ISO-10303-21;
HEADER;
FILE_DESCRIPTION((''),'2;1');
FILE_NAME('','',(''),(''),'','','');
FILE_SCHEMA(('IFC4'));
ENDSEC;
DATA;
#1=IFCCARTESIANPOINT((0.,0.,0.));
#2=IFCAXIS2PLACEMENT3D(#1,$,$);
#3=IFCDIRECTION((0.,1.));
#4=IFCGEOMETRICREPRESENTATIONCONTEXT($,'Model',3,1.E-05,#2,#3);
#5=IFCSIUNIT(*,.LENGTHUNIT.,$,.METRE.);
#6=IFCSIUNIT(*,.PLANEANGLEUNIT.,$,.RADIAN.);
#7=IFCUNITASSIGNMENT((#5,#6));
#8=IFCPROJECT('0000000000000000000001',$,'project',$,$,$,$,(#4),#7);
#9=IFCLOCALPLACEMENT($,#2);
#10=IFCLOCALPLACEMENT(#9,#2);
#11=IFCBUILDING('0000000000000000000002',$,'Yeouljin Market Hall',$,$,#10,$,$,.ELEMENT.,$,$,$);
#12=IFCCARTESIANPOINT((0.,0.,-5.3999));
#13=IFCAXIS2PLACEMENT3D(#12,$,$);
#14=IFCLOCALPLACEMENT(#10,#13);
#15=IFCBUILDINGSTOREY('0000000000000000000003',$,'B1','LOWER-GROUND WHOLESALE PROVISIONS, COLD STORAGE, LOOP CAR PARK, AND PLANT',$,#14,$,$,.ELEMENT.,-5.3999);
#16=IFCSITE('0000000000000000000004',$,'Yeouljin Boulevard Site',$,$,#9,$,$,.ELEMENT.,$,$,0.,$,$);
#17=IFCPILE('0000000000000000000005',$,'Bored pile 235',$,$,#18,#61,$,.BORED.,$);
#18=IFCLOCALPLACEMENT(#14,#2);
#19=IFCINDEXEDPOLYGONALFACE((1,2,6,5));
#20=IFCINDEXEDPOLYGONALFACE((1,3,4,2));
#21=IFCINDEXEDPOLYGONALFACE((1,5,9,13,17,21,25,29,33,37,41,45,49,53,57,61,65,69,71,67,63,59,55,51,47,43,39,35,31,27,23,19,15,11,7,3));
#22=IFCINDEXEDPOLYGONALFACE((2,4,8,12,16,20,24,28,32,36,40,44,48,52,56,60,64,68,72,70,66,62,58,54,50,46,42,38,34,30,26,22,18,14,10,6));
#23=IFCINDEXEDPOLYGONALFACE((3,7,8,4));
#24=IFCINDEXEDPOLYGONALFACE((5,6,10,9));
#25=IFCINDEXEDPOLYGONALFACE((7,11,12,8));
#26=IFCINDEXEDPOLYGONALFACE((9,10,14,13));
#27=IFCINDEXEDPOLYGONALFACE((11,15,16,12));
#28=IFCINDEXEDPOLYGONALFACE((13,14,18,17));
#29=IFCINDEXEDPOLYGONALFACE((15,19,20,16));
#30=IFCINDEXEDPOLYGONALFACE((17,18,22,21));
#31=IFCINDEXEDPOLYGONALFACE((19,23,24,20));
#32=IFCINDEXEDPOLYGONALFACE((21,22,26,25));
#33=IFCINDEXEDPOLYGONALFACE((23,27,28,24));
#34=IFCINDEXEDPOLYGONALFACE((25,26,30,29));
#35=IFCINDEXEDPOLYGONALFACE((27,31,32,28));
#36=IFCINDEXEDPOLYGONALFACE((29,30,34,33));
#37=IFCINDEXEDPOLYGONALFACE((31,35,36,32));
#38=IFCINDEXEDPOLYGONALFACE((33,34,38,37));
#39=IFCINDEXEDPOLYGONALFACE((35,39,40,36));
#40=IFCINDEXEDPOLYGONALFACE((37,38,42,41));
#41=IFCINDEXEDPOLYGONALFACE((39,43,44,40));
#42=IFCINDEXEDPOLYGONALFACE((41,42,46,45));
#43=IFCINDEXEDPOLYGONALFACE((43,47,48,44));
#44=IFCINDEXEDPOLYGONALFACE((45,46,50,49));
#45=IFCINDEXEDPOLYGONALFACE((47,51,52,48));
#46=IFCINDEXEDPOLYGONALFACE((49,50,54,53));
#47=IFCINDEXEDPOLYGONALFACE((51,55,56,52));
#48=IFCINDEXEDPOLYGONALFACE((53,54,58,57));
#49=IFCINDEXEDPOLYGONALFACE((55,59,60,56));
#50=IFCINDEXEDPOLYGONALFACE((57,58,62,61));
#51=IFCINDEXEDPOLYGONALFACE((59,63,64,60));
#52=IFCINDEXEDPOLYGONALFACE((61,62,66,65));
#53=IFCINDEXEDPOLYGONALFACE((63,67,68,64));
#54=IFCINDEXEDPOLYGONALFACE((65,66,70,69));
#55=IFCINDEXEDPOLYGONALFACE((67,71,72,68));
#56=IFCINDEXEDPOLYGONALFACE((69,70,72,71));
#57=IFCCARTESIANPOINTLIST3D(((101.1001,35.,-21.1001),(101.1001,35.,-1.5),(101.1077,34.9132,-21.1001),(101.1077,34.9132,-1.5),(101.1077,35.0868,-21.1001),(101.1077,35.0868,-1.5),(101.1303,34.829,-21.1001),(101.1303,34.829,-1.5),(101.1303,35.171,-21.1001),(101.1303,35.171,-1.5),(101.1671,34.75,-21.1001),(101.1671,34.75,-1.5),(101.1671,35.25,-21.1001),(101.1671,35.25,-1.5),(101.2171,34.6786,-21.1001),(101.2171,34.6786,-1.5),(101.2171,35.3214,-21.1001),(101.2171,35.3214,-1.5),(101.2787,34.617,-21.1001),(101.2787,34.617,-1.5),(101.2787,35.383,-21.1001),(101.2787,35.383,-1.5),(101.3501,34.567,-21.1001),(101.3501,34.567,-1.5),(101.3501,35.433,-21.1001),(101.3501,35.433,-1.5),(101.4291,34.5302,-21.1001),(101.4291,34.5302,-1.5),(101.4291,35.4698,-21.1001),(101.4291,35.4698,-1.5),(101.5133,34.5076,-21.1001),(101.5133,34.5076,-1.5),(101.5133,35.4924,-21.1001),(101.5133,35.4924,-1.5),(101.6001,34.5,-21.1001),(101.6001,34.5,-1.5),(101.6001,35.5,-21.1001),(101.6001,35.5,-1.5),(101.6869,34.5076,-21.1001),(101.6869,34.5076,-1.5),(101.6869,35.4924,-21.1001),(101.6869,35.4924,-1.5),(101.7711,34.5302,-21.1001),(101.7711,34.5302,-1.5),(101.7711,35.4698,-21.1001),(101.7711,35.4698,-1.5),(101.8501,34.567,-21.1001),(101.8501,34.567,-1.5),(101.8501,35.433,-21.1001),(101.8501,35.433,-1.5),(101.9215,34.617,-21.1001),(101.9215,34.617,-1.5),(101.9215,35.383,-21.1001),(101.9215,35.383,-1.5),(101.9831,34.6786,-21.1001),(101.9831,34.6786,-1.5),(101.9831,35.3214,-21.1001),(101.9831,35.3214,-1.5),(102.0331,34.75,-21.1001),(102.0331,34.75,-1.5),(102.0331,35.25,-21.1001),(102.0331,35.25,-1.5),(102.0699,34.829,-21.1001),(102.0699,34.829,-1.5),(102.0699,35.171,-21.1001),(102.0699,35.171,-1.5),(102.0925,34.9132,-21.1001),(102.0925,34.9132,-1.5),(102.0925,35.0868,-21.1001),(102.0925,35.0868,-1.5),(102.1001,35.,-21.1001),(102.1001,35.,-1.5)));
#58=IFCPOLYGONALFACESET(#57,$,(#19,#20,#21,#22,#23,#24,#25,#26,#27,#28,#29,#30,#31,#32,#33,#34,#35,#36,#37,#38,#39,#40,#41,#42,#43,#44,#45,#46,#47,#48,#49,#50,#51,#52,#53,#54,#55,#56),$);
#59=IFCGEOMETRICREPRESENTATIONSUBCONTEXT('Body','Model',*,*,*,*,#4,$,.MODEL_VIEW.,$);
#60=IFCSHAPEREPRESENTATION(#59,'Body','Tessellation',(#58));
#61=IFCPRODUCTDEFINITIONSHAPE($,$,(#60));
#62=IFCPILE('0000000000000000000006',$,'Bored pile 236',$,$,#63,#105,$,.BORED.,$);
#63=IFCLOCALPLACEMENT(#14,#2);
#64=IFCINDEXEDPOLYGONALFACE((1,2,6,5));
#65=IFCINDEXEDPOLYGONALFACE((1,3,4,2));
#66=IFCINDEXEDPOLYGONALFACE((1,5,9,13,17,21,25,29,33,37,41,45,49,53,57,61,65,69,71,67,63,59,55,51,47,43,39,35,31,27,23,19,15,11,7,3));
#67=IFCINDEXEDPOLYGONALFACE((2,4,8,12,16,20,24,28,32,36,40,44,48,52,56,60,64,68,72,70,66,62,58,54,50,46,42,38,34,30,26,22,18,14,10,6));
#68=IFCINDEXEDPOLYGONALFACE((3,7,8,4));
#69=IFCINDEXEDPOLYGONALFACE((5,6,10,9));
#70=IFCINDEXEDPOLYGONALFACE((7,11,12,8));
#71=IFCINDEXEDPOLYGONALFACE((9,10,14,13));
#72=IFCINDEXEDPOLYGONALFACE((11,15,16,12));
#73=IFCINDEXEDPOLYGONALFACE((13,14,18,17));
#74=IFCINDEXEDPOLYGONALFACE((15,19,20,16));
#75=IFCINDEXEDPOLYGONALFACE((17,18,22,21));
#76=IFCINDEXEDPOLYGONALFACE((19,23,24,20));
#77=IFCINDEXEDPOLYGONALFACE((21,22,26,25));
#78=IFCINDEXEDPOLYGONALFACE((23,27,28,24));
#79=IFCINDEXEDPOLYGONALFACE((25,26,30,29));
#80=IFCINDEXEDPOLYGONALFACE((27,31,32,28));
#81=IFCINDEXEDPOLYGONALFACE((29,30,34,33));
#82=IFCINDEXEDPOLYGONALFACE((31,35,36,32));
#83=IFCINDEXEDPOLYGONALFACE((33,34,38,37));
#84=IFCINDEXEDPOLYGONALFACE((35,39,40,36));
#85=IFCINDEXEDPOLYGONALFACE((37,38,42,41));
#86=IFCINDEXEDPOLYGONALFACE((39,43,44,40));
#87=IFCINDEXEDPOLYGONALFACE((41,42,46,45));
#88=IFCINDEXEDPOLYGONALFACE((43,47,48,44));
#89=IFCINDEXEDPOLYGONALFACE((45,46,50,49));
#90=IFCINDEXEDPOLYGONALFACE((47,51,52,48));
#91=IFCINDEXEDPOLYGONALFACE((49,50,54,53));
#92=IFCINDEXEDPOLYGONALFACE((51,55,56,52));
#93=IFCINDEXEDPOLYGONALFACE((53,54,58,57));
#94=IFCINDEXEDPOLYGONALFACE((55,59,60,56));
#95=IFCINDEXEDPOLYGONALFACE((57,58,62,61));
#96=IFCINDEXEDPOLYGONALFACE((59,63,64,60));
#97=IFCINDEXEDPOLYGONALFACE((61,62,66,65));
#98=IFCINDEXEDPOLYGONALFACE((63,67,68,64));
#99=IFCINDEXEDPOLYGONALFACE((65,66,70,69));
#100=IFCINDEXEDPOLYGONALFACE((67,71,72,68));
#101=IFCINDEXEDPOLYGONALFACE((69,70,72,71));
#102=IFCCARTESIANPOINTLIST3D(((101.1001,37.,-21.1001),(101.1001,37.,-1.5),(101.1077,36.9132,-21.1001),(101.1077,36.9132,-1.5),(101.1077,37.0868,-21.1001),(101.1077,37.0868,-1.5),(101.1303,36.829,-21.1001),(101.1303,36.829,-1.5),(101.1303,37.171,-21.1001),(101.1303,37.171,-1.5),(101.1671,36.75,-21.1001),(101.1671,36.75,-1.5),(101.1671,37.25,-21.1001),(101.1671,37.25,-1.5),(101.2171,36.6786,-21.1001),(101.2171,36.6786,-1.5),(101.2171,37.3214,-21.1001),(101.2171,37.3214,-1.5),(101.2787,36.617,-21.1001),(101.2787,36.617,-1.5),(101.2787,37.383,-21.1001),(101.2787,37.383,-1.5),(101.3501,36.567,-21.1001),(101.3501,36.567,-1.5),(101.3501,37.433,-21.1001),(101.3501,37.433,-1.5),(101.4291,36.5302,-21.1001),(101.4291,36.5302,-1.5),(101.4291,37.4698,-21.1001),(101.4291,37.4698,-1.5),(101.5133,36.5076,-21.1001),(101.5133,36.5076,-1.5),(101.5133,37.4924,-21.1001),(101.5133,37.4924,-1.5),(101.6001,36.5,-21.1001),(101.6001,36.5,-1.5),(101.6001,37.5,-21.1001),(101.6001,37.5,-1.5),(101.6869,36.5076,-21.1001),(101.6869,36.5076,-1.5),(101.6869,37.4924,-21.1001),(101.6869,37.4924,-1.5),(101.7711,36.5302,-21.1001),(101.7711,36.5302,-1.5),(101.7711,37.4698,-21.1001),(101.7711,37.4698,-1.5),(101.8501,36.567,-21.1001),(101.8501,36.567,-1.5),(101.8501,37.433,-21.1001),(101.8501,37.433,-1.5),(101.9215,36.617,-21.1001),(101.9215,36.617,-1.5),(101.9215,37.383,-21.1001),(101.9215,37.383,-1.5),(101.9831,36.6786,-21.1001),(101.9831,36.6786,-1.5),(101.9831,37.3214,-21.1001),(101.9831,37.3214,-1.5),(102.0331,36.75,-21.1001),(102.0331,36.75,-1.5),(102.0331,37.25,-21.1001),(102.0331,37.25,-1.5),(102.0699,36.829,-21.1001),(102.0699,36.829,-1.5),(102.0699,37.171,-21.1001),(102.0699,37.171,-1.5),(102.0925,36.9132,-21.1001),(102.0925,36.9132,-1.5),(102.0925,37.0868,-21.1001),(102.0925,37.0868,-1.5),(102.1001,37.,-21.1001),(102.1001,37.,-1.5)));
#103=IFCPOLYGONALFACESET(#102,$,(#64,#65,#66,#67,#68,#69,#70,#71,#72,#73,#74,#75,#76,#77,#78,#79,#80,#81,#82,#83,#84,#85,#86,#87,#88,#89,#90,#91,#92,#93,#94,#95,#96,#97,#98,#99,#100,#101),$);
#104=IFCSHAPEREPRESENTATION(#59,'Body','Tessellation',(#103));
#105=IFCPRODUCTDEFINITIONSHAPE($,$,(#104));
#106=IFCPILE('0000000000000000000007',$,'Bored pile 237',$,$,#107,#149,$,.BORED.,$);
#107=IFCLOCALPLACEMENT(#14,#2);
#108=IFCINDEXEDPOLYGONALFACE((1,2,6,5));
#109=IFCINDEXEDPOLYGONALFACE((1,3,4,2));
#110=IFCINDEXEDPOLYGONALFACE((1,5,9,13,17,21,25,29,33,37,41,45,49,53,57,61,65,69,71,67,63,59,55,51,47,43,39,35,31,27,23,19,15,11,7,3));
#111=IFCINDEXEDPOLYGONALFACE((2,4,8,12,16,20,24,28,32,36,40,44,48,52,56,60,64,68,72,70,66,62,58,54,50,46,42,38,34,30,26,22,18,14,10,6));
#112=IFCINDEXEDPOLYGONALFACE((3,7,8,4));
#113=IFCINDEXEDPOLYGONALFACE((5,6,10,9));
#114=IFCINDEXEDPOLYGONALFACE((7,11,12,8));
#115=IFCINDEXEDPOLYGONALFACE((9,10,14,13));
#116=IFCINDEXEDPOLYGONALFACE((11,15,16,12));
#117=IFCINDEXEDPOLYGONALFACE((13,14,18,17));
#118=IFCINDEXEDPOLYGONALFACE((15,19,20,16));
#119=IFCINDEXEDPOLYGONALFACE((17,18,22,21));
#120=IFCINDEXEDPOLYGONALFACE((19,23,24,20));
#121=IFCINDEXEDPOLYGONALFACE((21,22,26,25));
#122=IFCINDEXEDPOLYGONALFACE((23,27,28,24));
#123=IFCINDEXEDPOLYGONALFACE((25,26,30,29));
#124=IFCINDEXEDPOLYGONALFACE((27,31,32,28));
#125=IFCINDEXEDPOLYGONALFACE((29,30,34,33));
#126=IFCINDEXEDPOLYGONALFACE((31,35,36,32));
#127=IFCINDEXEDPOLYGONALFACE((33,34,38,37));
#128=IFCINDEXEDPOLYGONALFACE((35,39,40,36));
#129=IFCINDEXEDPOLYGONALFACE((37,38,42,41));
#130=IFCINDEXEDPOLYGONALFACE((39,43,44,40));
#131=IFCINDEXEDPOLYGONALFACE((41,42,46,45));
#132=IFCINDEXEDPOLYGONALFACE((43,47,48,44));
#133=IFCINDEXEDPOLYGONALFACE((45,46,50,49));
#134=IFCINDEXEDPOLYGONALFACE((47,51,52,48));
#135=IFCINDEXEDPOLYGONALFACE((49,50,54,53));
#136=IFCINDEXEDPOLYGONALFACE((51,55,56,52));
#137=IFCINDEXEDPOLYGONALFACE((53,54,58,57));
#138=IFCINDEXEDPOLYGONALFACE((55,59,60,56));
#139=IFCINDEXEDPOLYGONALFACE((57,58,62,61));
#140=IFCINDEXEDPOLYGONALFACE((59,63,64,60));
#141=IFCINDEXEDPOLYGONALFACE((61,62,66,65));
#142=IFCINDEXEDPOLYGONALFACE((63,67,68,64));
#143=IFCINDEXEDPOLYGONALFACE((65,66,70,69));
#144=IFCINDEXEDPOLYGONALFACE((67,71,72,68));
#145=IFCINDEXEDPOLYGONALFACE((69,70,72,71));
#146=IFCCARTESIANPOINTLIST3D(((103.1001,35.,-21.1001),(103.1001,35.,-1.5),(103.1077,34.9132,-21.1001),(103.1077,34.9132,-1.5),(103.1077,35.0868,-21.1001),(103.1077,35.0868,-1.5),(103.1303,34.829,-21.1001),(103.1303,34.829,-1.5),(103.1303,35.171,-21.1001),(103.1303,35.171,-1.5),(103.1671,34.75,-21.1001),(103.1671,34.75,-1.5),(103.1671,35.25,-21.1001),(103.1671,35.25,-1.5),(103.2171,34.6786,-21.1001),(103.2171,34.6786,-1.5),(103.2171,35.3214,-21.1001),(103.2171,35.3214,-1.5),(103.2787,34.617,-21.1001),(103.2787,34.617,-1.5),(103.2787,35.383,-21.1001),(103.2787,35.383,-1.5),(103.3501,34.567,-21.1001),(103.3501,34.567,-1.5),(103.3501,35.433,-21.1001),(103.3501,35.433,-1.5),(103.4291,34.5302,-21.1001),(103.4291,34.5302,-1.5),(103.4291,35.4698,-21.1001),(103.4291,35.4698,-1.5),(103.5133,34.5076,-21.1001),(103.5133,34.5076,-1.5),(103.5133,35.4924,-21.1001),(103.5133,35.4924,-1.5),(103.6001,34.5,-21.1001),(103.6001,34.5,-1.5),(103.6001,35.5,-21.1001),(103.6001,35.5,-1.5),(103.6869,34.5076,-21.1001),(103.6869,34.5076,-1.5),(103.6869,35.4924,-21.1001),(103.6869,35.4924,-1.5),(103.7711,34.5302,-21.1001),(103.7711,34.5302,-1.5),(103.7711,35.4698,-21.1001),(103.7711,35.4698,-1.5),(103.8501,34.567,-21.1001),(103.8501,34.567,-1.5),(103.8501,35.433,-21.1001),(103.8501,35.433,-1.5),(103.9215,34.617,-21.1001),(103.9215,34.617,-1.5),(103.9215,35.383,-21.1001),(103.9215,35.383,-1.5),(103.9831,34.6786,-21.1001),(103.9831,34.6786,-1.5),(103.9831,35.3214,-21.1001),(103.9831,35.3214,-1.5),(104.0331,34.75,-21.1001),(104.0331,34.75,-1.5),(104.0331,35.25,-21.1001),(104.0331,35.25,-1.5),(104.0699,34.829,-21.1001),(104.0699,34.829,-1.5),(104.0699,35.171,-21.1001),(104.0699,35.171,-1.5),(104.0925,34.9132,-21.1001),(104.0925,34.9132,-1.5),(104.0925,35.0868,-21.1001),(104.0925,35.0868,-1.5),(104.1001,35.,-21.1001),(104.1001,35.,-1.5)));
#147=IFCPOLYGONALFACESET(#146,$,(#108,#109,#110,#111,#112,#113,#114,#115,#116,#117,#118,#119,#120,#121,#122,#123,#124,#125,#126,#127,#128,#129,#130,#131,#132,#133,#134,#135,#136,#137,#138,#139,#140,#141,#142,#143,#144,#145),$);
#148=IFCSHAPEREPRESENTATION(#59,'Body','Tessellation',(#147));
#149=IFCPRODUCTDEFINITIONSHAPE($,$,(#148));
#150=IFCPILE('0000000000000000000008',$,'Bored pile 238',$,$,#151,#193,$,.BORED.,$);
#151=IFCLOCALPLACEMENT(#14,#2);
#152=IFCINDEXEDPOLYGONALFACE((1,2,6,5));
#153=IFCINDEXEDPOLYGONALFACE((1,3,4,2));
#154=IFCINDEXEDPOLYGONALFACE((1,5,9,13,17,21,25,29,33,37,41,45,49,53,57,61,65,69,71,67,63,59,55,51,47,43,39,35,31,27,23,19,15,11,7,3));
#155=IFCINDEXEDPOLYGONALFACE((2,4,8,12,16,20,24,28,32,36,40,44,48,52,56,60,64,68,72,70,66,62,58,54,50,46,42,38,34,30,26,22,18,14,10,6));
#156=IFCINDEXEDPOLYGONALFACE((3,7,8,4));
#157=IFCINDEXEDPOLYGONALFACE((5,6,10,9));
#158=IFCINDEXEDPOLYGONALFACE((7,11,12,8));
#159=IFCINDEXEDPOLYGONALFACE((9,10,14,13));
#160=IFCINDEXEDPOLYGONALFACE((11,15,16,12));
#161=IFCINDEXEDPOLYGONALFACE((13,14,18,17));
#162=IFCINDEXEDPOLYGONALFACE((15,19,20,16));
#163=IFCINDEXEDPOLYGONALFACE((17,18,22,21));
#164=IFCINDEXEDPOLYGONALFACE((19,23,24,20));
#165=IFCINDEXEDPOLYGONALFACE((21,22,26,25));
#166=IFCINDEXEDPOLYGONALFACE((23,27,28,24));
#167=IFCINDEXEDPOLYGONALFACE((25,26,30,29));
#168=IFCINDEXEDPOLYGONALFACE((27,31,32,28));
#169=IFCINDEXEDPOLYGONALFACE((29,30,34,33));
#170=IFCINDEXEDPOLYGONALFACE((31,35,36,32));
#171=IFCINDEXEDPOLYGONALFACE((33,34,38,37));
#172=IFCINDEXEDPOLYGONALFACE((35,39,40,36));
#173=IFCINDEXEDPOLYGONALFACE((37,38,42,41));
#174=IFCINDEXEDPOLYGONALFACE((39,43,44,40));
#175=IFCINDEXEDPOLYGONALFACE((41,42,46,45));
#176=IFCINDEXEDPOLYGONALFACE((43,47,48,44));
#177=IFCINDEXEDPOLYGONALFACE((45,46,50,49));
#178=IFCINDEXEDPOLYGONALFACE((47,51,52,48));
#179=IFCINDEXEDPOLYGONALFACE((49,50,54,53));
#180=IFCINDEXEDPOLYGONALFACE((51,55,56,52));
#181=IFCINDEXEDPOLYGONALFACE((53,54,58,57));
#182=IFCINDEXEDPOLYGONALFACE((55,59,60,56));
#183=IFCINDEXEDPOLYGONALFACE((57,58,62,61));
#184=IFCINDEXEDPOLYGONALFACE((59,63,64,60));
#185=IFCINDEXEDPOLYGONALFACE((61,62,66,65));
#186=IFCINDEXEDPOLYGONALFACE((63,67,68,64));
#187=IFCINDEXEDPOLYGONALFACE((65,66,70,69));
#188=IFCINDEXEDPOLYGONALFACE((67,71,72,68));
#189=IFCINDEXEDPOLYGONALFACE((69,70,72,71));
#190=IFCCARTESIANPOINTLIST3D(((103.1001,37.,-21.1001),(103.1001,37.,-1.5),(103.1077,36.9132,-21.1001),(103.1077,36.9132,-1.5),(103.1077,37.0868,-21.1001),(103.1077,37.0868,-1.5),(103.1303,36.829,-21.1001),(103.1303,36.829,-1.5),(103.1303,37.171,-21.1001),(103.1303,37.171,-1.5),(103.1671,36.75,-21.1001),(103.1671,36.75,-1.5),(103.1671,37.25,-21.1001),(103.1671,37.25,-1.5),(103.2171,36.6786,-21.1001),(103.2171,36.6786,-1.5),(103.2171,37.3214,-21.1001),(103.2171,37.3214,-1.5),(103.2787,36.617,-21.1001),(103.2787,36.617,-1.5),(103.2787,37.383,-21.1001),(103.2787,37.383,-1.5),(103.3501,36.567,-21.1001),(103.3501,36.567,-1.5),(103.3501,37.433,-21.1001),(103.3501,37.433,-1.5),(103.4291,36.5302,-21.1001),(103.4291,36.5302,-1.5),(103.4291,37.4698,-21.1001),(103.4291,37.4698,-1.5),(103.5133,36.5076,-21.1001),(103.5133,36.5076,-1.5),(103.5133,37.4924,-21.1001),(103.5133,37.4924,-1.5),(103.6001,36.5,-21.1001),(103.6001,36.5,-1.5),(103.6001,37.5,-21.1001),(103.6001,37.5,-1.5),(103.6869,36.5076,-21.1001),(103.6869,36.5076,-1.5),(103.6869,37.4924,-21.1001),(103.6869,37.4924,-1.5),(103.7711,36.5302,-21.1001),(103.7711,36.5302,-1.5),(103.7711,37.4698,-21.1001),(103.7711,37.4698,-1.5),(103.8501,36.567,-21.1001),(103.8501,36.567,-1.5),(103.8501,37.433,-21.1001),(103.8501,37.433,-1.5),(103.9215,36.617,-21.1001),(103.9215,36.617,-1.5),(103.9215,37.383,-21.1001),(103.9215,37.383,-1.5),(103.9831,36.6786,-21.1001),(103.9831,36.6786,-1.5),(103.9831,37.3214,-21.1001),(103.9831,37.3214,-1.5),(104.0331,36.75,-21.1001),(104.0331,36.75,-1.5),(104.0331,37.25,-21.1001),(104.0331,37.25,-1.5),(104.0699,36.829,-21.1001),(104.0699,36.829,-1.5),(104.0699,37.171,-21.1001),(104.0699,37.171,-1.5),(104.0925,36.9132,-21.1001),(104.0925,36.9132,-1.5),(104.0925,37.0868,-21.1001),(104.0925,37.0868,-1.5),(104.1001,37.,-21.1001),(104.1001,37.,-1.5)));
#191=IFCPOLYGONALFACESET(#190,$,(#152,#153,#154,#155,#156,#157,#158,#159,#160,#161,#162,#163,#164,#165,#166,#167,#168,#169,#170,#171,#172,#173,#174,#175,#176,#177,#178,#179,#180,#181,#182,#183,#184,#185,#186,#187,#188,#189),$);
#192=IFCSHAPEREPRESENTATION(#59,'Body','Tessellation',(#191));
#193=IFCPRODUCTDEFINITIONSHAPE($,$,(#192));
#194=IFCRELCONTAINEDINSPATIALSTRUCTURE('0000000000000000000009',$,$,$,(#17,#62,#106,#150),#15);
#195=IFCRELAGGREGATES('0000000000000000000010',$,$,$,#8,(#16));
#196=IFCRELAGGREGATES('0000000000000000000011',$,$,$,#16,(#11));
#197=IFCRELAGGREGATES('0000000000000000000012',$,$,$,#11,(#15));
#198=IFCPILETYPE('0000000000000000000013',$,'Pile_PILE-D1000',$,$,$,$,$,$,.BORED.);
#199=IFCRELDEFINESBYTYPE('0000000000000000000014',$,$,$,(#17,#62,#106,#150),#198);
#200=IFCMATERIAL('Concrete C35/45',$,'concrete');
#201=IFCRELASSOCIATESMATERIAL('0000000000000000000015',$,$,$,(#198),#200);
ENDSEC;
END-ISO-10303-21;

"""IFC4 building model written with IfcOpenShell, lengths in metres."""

from ifc_helpers import new_model, si_unit, direction, frame, origin, origin_2d, place, context, subcontext, project, spatial, circle, extrude, material, material_profile, profile_set, type_object, element, save


model = new_model("IFC4")

# Units and contexts
model_context = context("Model", 3, precision=1e-05, world=origin(), true_north=direction((0.0, 1.0)))
body_context = subcontext(model_context, "Body", "Model", "MODEL_VIEW")
ifc_project = project(units=[si_unit("LENGTHUNIT", "METRE"), si_unit("PLANEANGLEUNIT", "RADIAN")], contexts=[model_context])

# Site, building, storey
site_placement = place(None, origin())
site = spatial("IfcSite", under=ifc_project, at=site_placement, Name="Yeouljin Boulevard Site", CompositionType="ELEMENT", RefElevation=0.0)
building_placement = place(site_placement, origin())
building = spatial("IfcBuilding", under=site, at=building_placement, Name="Yeouljin Market Hall", CompositionType="ELEMENT")
storey_placement = place(building_placement, frame((0.0, 0.0, -5.3999)))
storey = spatial("IfcBuildingStorey", under=building, at=storey_placement, Name="B1", Description="LOWER-GROUND WHOLESALE PROVISIONS, COLD STORAGE, LOOP CAR PARK, AND PLANT", CompositionType="ELEMENT", Elevation=-5.3999)

# Piles
ifc_material_1 = material(Name="Concrete C35/45", Category="concrete")
ifc_material_profile_1 = material_profile(ifc_material_1, circle(Radius=0.5, at=origin_2d()), Name="PILE-D1000")
ifc_profile_set_1 = profile_set([ifc_material_profile_1], Name="Concrete C35/45")
pile_type = type_object("IfcPileType", Name="Pile_PILE-D1000", PredefinedType="BORED", material=ifc_profile_set_1)
for number, where, z_axis, x_axis, name in (
    (1, (101.6001, 35.0, -1.5), (0.0, 0.0, -1.0), (1.0, 0.0, 0.0), "Bored pile 235"),
    (2, (101.6001, 37.0, -1.5), (0.0, 0.0, -1.0), (1.0, 0.0, 0.0), "Bored pile 236"),
    (3, (103.6001, 35.0, -1.5), (0.0, 0.0, -1.0), (1.0, 0.0, 0.0), "Bored pile 237"),
    (4, (103.6001, 37.0, -1.5), (0.0, 0.0, -1.0), (1.0, 0.0, 0.0), "Bored pile 238"),
):
    element("IfcPile", number, at=place(storey_placement, frame(where, z_axis=z_axis, x_axis=x_axis)), inside=storey, type_object=pile_type, Name=name, PredefinedType="BORED", context=body_context, shape_type="SweptSolid", body=[
        extrude(circle(Radius=0.5, at=origin_2d()), origin(), (0.0, 0.0, 1.0), 19.6001),
    ])

save(model, "model.ifc")
